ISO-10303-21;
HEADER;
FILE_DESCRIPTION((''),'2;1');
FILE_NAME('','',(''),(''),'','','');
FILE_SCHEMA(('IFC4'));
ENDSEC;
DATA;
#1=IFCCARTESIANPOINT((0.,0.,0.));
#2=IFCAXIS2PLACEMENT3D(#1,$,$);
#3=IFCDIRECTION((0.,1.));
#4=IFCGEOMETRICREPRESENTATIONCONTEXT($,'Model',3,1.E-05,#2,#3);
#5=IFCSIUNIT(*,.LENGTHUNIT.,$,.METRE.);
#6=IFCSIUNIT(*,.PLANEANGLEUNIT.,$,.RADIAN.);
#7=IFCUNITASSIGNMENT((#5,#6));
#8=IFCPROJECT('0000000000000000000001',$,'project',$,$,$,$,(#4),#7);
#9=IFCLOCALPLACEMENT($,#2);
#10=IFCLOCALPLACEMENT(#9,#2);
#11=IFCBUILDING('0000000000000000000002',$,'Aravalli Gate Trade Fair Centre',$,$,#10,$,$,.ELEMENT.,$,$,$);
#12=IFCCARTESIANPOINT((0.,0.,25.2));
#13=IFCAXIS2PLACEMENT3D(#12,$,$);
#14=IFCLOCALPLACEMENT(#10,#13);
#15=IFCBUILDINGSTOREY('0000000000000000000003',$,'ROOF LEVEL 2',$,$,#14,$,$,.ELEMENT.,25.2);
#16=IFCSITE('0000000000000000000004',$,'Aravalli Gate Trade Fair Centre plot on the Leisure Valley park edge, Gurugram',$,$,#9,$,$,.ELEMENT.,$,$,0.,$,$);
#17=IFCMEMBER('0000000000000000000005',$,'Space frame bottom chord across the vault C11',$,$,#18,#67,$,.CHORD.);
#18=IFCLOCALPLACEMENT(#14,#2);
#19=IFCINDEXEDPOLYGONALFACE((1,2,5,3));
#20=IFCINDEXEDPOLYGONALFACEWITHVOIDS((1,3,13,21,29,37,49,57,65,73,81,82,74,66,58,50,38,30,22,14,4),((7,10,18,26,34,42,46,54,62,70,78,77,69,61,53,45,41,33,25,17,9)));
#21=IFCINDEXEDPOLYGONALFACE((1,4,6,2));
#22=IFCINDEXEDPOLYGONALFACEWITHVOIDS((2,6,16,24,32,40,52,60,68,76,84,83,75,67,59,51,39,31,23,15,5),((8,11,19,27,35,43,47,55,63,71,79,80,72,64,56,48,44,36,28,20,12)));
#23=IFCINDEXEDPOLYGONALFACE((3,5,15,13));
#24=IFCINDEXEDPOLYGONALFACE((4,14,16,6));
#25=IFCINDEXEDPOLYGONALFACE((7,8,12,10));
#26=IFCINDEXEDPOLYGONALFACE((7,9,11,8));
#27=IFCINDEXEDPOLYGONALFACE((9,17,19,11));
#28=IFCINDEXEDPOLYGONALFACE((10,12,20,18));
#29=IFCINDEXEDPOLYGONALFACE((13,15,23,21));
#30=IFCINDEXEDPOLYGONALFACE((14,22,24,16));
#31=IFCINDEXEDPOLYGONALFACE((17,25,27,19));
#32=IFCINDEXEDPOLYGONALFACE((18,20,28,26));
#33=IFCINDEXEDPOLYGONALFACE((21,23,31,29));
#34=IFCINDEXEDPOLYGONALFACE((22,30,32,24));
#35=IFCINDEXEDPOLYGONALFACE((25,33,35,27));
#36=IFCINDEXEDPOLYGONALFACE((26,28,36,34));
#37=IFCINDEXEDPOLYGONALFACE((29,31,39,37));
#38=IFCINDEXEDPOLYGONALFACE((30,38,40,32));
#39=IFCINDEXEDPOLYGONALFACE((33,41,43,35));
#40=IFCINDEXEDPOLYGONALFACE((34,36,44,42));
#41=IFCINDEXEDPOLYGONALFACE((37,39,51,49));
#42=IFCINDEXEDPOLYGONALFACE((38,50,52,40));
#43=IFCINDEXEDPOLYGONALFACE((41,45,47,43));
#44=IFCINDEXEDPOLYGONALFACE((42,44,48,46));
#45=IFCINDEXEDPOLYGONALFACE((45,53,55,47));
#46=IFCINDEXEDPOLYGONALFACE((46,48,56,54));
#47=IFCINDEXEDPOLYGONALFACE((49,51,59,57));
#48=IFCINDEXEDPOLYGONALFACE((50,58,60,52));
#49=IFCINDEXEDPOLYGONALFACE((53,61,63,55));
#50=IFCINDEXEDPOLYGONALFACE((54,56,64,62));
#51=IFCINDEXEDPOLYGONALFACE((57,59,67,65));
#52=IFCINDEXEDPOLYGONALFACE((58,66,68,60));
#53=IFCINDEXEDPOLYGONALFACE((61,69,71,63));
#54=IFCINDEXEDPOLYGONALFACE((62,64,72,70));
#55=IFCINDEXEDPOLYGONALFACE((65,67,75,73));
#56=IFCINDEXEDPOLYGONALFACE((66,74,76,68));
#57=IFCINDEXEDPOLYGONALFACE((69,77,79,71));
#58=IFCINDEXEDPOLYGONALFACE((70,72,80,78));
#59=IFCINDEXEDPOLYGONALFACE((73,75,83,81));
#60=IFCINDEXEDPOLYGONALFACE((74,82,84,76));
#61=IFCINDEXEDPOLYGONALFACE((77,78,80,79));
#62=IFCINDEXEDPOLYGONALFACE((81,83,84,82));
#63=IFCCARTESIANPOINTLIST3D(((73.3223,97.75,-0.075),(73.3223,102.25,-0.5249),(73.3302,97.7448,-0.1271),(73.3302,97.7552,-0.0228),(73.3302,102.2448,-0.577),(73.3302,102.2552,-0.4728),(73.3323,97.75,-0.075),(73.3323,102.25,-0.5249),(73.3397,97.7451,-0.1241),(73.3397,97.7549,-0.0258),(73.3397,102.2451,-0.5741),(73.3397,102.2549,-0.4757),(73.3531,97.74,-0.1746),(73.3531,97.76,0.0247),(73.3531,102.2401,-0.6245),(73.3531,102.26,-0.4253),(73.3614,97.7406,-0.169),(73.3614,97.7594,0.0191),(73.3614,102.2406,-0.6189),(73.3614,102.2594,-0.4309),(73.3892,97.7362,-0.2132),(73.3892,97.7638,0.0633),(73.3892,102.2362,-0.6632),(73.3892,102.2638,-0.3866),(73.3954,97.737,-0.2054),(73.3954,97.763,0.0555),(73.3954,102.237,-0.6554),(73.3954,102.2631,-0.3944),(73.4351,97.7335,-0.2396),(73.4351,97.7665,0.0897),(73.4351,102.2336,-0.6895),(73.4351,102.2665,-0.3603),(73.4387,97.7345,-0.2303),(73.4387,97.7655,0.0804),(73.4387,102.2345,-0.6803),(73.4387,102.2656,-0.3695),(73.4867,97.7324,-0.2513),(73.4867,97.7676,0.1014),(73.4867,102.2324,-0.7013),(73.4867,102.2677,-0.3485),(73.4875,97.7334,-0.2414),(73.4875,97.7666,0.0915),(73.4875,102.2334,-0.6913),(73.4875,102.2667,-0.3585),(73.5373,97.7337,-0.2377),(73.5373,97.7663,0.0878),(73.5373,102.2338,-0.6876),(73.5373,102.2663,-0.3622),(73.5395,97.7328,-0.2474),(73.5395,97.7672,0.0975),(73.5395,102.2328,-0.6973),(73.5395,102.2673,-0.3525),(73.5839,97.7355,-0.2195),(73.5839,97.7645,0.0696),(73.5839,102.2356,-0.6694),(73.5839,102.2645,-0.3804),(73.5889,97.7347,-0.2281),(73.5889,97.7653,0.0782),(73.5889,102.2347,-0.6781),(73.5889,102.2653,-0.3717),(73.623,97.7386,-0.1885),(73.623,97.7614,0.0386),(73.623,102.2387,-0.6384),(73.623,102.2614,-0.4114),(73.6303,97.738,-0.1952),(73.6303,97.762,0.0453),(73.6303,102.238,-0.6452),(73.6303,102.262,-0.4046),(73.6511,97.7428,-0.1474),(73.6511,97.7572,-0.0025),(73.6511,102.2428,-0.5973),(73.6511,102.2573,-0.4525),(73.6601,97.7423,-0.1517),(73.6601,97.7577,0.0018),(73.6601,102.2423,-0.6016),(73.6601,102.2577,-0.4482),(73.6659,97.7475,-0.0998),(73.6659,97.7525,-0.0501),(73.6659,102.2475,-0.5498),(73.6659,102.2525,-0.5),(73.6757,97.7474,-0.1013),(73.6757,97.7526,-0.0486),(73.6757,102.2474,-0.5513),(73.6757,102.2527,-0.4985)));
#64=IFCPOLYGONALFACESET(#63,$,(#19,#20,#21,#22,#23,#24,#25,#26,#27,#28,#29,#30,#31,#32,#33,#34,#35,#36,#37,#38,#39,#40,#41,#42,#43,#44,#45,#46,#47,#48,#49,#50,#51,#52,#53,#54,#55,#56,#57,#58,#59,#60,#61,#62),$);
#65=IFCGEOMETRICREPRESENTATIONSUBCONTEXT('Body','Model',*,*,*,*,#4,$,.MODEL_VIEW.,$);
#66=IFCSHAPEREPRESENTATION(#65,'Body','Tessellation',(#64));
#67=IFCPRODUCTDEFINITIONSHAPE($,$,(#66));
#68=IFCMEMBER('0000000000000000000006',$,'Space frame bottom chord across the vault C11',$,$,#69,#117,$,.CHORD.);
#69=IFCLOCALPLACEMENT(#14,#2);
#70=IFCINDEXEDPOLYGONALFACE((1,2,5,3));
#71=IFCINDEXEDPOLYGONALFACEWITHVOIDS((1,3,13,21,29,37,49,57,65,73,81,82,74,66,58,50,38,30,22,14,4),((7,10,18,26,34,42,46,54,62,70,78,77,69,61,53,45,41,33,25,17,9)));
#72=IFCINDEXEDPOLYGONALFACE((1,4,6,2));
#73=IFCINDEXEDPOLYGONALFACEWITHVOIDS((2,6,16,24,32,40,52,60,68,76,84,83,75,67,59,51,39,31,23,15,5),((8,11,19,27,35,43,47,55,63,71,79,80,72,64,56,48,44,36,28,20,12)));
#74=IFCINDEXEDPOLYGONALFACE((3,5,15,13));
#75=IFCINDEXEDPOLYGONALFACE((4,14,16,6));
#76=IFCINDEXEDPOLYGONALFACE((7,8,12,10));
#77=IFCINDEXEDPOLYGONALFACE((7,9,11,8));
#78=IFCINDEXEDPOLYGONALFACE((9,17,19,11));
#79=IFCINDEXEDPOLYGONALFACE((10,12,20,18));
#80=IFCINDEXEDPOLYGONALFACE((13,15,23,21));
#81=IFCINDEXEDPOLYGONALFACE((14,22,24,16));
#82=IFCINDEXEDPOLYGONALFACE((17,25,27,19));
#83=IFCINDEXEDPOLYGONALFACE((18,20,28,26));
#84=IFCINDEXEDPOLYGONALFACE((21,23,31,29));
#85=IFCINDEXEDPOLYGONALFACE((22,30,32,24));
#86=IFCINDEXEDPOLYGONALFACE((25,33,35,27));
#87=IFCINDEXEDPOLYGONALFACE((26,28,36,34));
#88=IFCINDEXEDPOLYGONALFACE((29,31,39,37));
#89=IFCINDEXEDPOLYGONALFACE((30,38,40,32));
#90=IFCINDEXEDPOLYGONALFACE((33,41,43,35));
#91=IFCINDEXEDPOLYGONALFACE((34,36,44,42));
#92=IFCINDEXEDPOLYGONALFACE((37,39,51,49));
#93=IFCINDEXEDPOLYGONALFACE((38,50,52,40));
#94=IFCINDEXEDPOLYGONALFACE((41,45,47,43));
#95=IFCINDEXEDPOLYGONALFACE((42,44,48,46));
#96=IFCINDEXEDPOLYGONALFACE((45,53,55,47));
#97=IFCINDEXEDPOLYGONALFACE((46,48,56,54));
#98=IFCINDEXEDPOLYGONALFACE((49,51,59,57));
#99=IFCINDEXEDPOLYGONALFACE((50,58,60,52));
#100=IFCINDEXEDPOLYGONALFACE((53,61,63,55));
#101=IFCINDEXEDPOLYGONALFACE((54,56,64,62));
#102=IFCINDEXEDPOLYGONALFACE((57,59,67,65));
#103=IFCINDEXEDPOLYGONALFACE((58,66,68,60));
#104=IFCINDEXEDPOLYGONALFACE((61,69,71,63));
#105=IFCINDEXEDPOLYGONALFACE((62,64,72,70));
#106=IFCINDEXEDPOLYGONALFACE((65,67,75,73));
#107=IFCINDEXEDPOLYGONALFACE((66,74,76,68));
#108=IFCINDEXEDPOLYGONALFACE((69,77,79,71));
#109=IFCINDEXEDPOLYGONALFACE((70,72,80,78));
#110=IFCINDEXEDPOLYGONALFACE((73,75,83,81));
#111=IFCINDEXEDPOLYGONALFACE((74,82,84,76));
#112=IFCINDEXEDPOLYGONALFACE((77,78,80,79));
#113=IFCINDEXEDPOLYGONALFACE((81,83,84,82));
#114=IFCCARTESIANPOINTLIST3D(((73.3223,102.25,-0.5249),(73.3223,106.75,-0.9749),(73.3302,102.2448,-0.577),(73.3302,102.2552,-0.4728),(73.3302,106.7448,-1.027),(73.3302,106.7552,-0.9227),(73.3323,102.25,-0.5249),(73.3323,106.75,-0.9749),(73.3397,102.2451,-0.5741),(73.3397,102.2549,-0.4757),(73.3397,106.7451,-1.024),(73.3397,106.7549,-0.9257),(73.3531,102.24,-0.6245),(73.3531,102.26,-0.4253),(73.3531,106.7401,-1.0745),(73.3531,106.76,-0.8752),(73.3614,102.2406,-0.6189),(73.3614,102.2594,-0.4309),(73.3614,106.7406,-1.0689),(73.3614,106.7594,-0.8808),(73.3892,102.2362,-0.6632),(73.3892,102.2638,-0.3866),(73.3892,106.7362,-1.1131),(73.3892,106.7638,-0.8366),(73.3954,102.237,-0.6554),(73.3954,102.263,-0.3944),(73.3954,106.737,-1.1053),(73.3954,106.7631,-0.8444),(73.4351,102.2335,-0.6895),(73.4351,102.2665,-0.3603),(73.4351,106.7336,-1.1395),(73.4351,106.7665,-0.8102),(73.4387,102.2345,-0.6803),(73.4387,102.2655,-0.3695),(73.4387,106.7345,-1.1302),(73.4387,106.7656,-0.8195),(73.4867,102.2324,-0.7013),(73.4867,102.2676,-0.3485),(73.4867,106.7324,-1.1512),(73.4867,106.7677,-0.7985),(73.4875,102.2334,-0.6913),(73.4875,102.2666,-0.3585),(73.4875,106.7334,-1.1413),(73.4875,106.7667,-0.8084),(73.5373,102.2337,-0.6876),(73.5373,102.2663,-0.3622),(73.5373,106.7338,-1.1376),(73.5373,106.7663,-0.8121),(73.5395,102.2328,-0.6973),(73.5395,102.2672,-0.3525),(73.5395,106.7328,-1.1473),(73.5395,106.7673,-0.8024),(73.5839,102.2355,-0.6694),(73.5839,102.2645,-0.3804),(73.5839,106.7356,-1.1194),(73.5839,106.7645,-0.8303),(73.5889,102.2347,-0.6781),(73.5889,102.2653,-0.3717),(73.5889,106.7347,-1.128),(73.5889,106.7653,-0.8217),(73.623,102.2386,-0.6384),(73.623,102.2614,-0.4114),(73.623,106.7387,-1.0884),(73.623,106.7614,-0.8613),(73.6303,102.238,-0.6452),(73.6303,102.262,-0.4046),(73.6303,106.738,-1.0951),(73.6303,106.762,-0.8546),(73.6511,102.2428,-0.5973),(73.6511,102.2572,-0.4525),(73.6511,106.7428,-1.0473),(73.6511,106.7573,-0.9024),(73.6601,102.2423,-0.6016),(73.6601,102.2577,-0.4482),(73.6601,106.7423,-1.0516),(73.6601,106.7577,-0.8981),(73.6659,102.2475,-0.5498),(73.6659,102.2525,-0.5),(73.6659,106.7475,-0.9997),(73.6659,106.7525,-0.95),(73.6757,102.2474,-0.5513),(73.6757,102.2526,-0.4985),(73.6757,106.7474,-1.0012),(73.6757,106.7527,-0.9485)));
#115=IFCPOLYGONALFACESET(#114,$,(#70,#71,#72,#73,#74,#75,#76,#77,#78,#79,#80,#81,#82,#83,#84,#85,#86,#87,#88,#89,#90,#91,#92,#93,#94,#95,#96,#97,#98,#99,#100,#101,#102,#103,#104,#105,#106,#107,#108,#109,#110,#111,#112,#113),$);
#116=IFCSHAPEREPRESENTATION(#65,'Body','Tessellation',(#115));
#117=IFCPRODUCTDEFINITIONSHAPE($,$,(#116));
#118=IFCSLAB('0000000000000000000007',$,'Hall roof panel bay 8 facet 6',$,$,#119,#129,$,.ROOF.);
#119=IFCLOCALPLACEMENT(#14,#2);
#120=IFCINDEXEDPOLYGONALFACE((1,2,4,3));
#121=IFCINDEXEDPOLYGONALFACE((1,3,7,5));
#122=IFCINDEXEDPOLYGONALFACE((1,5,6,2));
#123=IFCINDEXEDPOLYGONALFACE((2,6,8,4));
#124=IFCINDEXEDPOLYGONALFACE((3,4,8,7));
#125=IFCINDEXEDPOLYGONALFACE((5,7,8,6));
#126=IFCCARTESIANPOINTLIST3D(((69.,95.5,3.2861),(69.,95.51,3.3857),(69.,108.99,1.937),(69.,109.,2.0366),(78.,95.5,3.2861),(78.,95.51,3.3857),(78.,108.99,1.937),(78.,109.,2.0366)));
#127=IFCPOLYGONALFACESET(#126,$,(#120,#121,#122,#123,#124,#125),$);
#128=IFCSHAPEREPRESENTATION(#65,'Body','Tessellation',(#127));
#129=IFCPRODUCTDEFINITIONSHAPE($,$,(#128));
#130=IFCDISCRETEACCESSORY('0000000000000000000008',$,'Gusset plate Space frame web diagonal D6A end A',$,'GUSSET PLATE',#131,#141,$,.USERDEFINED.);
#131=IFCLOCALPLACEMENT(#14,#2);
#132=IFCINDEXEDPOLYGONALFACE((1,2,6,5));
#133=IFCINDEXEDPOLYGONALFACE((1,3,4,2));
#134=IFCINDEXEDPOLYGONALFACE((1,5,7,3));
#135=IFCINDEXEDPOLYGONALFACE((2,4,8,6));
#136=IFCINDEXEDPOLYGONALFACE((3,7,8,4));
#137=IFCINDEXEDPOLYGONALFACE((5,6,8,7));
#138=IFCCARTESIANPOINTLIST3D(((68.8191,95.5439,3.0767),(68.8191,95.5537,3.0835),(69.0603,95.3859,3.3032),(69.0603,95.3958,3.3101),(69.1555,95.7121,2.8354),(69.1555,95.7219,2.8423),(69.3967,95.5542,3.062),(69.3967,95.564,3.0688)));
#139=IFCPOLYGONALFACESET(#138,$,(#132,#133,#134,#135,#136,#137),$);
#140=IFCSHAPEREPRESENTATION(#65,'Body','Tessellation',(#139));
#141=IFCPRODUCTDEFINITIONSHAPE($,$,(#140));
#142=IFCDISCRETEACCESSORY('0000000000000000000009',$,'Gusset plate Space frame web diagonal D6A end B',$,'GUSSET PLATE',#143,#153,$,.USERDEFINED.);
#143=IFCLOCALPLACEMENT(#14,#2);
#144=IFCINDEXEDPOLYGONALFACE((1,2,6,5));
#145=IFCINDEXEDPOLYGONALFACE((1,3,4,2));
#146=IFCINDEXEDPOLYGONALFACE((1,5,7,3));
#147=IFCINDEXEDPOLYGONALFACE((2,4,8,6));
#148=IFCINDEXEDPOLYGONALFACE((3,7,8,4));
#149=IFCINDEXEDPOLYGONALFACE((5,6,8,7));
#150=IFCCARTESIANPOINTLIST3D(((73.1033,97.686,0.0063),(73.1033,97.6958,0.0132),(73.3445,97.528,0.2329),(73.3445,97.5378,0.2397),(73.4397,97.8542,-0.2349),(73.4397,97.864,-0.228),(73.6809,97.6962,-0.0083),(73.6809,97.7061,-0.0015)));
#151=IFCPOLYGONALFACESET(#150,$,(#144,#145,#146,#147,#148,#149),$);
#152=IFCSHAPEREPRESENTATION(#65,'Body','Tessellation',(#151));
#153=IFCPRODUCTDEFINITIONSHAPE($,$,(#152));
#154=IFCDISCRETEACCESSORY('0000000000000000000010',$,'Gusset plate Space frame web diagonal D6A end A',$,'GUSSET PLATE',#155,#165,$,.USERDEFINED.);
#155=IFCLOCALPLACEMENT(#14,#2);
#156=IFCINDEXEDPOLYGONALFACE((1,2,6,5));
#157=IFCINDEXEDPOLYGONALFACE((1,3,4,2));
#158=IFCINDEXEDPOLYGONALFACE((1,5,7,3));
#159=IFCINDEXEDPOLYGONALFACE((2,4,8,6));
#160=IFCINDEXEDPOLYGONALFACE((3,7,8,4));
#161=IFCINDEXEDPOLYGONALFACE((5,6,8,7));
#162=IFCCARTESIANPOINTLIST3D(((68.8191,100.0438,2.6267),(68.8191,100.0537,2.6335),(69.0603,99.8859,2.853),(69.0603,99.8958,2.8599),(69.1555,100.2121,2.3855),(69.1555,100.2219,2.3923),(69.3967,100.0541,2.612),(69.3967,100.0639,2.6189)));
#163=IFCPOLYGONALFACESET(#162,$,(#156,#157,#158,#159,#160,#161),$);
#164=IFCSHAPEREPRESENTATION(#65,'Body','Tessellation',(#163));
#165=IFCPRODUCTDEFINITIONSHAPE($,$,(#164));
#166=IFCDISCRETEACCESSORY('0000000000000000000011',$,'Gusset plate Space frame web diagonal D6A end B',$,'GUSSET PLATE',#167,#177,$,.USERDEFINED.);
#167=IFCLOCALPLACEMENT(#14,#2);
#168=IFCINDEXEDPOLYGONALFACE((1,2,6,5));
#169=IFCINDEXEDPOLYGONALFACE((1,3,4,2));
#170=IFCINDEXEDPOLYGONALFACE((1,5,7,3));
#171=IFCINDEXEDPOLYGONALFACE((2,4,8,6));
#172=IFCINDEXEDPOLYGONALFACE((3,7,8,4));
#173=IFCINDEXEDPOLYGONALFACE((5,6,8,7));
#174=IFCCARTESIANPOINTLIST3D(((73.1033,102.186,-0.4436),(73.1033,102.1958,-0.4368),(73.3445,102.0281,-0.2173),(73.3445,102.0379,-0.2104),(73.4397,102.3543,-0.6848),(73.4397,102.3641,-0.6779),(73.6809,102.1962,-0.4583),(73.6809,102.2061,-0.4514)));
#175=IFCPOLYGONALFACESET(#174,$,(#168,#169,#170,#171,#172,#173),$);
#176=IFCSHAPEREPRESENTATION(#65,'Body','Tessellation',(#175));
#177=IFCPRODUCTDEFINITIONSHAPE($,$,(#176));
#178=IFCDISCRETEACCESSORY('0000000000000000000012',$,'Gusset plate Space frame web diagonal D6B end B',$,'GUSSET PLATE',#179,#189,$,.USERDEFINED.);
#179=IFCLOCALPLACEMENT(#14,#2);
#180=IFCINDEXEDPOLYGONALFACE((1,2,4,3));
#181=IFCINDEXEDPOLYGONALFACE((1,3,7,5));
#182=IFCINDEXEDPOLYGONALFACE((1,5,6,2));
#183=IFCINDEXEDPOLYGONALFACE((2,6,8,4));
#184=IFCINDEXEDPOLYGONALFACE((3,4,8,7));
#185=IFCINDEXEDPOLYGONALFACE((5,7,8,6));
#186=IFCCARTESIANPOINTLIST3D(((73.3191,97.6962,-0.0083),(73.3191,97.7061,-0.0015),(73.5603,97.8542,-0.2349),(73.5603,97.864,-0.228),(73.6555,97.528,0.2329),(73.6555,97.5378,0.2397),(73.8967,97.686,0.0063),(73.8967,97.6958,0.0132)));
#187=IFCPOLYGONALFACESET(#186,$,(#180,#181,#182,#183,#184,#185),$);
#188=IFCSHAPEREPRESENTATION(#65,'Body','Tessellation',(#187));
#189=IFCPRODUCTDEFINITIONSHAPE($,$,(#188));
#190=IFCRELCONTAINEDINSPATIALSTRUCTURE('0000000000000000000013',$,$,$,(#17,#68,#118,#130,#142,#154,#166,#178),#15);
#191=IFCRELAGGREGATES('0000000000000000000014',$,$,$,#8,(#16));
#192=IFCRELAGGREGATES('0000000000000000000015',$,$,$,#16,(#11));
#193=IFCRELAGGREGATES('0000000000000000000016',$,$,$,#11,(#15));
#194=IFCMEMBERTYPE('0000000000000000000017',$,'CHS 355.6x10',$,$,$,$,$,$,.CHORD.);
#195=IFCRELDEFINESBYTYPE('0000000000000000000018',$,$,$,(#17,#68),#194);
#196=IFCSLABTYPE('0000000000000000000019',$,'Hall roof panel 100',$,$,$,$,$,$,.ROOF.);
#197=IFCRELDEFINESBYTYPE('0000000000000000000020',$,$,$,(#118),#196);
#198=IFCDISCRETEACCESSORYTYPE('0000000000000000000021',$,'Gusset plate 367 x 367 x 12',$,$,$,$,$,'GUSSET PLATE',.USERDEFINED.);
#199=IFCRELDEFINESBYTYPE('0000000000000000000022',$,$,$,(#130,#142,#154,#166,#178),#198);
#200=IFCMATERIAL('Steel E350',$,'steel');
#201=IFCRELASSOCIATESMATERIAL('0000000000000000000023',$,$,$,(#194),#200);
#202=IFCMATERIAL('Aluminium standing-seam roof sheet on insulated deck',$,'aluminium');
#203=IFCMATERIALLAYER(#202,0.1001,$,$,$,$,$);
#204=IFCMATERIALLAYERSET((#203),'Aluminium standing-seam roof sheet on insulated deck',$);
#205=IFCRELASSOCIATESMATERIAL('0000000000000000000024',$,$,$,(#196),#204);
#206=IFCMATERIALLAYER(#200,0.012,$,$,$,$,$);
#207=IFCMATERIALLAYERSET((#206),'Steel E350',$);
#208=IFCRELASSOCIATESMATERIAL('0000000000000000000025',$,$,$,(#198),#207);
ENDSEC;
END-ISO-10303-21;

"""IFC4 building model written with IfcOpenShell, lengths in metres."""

from ifc_helpers import new_model, si_unit, direction, frame, origin, origin_2d, place, context, subcontext, project, spatial, polyline, hollow_circle, outline, extrude, material, layer, layer_set, material_profile, profile_set, type_object, element, save


model = new_model("IFC4")

# Units and contexts
model_context = context("Model", 3, precision=1e-05, world=origin(), true_north=direction((0.0, 1.0)))
body_context = subcontext(model_context, "Body", "Model", "MODEL_VIEW")
ifc_project = project(units=[si_unit("LENGTHUNIT", "METRE"), si_unit("PLANEANGLEUNIT", "RADIAN")], contexts=[model_context])

# Site, building, storey
site_placement = place(None, origin())
site = spatial("IfcSite", under=ifc_project, at=site_placement, Name="Aravalli Gate Trade Fair Centre plot on the Leisure Valley park edge, Gurugram", CompositionType="ELEMENT", RefElevation=0.0)
building_placement = place(site_placement, origin())
building = spatial("IfcBuilding", under=site, at=building_placement, Name="Aravalli Gate Trade Fair Centre", CompositionType="ELEMENT")
storey_placement = place(building_placement, frame((0.0, 0.0, 25.2)))
storey = spatial("IfcBuildingStorey", under=building, at=storey_placement, Name="ROOF LEVEL 2", CompositionType="ELEMENT", Elevation=25.2)

# Members
ifc_material_1 = material(Name="Steel E350", Category="steel")
ifc_material_profile_1 = material_profile(ifc_material_1, hollow_circle(Radius=0.1777, WallThickness=0.01, at=origin_2d()), Name="CHS 355.6x10")
ifc_profile_set_1 = profile_set([ifc_material_profile_1], Name="Steel E350")
member_type_1 = type_object("IfcMemberType", Name="CHS 355.6x10", PredefinedType="CHORD", material=ifc_profile_set_1)
for number, where, z_axis, x_axis, name in (
    (1, (73.5, 97.75, -0.075), (0.0, 0.995038, -0.099493), (-1.0, 0.0, 0.0), "Space frame bottom chord across the vault C11"),
    (2, (73.5, 102.25, -0.5249), (0.0, 0.995038, -0.099493), (-1.0, 0.0, 0.0), "Space frame bottom chord across the vault C11"),
):
    element("IfcMember", number, at=place(storey_placement, frame(where, z_axis=z_axis, x_axis=x_axis)), inside=storey, type_object=member_type_1, Name=name, PredefinedType="CHORD", context=body_context, shape_type="SweptSolid", body=[
        extrude(hollow_circle(Radius=0.1777, WallThickness=0.01, at=origin_2d()), origin(), (0.0, 0.0, 1.0), 4.5225),
    ])

# Slab
ifc_material_2 = material(Name="Aluminium standing-seam roof sheet on insulated deck", Category="aluminium")
ifc_layer_1 = layer(ifc_material_2, 0.1001)
ifc_layer_set_1 = layer_set([ifc_layer_1], Name="Aluminium standing-seam roof sheet on insulated deck")
slab_type = type_object("IfcSlabType", Name="Hall roof panel 100", PredefinedType="ROOF", material=ifc_layer_set_1)
slab_placement = place(storey_placement, frame((69.0, 95.51, 3.3857), z_axis=(0.0, 0.099513, 0.995036), x_axis=(1.0, 0.0, 0.0)))
element("IfcSlab", 3, at=slab_placement, inside=storey, type_object=slab_type, Name="Hall roof panel bay 8 facet 6", PredefinedType="ROOF", context=body_context, shape_type="SweptSolid", body=[
    extrude(outline(polyline([(0.0, 0.0), (9.0, 0.0), (9.0, 13.5573), (0.0, 13.5573), (0.0, 0.0)])), origin(), (0.0, 0.0, -1.0), 0.1001),
])

# Discrete accessories
ifc_layer_2 = layer(ifc_material_1, 0.012)
ifc_layer_set_2 = layer_set([ifc_layer_2], Name="Steel E350")
discrete_accessory_type = type_object("IfcDiscreteAccessoryType", Name="Gusset plate 367 x 367 x 12", ElementType="GUSSET PLATE", PredefinedType="USERDEFINED", material=ifc_layer_set_2)
discrete_accessory_1_placement = place(storey_placement, frame((69.1555, 95.7219, 2.8423), z_axis=(-0.000057, 0.820282, 0.57196), x_axis=(-0.75291, -0.376455, 0.539822)))
element("IfcDiscreteAccessory", 4, at=discrete_accessory_1_placement, inside=storey, type_object=discrete_accessory_type, Name="Gusset plate Space frame web diagonal D6A end A", ObjectType="GUSSET PLATE", PredefinedType="USERDEFINED", context=body_context, shape_type="SweptSolid", body=[
    extrude(outline(polyline([(0.0, 0.0), (0.4468, 0.0), (0.447, 0.3667), (0.0002, 0.3667), (0.0, 0.0)])), origin(), (0.0, 0.0, -1.0), 0.012),
])
discrete_accessory_2_placement = place(storey_placement, frame((73.1033, 97.6958, 0.0132), z_axis=(-0.000057, 0.820282, 0.57196), x_axis=(0.75291, 0.376455, -0.539822)))
element("IfcDiscreteAccessory", 5, at=discrete_accessory_2_placement, inside=storey, type_object=discrete_accessory_type, Name="Gusset plate Space frame web diagonal D6A end B", ObjectType="GUSSET PLATE", PredefinedType="USERDEFINED", context=body_context, shape_type="SweptSolid", body=[
    extrude(outline(polyline([(0.0, 0.0), (0.4468, 0.0), (0.4467, -0.3667), (-0.0002, -0.3667), (0.0, 0.0)])), origin(), (0.0, 0.0, -1.0), 0.012),
])
discrete_accessory_3_placement = place(storey_placement, frame((69.1555, 100.2219, 2.3923), z_axis=(-0.000049, 0.820141, 0.572161), x_axis=(-0.75291, -0.376583, 0.539733)))
element("IfcDiscreteAccessory", 6, at=discrete_accessory_3_placement, inside=storey, type_object=discrete_accessory_type, Name="Gusset plate Space frame web diagonal D6A end A", ObjectType="GUSSET PLATE", PredefinedType="USERDEFINED", context=body_context, shape_type="SweptSolid", body=[
    extrude(outline(polyline([(0.0, 0.0), (0.4468, 0.0), (0.4469, 0.3665), (0.0002, 0.3667), (0.0, 0.0)])), origin(), (0.0, 0.0, -1.0), 0.012),
])
discrete_accessory_4_placement = place(storey_placement, frame((73.1033, 102.1958, -0.4368), z_axis=(-0.000049, 0.820141, 0.572161), x_axis=(0.75291, 0.376583, -0.539733)))
element("IfcDiscreteAccessory", 7, at=discrete_accessory_4_placement, inside=storey, type_object=discrete_accessory_type, Name="Gusset plate Space frame web diagonal D6A end B", ObjectType="GUSSET PLATE", PredefinedType="USERDEFINED", context=body_context, shape_type="SweptSolid", body=[
    extrude(outline(polyline([(0.0, 0.0), (0.4468, 0.0), (0.4467, -0.3667), (0.0, -0.3665), (0.0, 0.0)])), origin(), (0.0, 0.0, -1.0), 0.012),
])
discrete_accessory_5_placement = place(storey_placement, frame((73.6555, 97.5378, 0.2397), z_axis=(0.000057, 0.820282, 0.57196), x_axis=(-0.75291, 0.376455, -0.539822)))
element("IfcDiscreteAccessory", 8, at=discrete_accessory_5_placement, inside=storey, type_object=discrete_accessory_type, Name="Gusset plate Space frame web diagonal D6B end B", ObjectType="GUSSET PLATE", PredefinedType="USERDEFINED", context=body_context, shape_type="SweptSolid", body=[
    extrude(outline(polyline([(0.0, 0.0), (0.4468, 0.0), (0.447, -0.3667), (0.0002, -0.3667), (0.0, 0.0)])), origin(), (0.0, 0.0, -1.0), 0.012),
])

save(model, "model.ifc")
